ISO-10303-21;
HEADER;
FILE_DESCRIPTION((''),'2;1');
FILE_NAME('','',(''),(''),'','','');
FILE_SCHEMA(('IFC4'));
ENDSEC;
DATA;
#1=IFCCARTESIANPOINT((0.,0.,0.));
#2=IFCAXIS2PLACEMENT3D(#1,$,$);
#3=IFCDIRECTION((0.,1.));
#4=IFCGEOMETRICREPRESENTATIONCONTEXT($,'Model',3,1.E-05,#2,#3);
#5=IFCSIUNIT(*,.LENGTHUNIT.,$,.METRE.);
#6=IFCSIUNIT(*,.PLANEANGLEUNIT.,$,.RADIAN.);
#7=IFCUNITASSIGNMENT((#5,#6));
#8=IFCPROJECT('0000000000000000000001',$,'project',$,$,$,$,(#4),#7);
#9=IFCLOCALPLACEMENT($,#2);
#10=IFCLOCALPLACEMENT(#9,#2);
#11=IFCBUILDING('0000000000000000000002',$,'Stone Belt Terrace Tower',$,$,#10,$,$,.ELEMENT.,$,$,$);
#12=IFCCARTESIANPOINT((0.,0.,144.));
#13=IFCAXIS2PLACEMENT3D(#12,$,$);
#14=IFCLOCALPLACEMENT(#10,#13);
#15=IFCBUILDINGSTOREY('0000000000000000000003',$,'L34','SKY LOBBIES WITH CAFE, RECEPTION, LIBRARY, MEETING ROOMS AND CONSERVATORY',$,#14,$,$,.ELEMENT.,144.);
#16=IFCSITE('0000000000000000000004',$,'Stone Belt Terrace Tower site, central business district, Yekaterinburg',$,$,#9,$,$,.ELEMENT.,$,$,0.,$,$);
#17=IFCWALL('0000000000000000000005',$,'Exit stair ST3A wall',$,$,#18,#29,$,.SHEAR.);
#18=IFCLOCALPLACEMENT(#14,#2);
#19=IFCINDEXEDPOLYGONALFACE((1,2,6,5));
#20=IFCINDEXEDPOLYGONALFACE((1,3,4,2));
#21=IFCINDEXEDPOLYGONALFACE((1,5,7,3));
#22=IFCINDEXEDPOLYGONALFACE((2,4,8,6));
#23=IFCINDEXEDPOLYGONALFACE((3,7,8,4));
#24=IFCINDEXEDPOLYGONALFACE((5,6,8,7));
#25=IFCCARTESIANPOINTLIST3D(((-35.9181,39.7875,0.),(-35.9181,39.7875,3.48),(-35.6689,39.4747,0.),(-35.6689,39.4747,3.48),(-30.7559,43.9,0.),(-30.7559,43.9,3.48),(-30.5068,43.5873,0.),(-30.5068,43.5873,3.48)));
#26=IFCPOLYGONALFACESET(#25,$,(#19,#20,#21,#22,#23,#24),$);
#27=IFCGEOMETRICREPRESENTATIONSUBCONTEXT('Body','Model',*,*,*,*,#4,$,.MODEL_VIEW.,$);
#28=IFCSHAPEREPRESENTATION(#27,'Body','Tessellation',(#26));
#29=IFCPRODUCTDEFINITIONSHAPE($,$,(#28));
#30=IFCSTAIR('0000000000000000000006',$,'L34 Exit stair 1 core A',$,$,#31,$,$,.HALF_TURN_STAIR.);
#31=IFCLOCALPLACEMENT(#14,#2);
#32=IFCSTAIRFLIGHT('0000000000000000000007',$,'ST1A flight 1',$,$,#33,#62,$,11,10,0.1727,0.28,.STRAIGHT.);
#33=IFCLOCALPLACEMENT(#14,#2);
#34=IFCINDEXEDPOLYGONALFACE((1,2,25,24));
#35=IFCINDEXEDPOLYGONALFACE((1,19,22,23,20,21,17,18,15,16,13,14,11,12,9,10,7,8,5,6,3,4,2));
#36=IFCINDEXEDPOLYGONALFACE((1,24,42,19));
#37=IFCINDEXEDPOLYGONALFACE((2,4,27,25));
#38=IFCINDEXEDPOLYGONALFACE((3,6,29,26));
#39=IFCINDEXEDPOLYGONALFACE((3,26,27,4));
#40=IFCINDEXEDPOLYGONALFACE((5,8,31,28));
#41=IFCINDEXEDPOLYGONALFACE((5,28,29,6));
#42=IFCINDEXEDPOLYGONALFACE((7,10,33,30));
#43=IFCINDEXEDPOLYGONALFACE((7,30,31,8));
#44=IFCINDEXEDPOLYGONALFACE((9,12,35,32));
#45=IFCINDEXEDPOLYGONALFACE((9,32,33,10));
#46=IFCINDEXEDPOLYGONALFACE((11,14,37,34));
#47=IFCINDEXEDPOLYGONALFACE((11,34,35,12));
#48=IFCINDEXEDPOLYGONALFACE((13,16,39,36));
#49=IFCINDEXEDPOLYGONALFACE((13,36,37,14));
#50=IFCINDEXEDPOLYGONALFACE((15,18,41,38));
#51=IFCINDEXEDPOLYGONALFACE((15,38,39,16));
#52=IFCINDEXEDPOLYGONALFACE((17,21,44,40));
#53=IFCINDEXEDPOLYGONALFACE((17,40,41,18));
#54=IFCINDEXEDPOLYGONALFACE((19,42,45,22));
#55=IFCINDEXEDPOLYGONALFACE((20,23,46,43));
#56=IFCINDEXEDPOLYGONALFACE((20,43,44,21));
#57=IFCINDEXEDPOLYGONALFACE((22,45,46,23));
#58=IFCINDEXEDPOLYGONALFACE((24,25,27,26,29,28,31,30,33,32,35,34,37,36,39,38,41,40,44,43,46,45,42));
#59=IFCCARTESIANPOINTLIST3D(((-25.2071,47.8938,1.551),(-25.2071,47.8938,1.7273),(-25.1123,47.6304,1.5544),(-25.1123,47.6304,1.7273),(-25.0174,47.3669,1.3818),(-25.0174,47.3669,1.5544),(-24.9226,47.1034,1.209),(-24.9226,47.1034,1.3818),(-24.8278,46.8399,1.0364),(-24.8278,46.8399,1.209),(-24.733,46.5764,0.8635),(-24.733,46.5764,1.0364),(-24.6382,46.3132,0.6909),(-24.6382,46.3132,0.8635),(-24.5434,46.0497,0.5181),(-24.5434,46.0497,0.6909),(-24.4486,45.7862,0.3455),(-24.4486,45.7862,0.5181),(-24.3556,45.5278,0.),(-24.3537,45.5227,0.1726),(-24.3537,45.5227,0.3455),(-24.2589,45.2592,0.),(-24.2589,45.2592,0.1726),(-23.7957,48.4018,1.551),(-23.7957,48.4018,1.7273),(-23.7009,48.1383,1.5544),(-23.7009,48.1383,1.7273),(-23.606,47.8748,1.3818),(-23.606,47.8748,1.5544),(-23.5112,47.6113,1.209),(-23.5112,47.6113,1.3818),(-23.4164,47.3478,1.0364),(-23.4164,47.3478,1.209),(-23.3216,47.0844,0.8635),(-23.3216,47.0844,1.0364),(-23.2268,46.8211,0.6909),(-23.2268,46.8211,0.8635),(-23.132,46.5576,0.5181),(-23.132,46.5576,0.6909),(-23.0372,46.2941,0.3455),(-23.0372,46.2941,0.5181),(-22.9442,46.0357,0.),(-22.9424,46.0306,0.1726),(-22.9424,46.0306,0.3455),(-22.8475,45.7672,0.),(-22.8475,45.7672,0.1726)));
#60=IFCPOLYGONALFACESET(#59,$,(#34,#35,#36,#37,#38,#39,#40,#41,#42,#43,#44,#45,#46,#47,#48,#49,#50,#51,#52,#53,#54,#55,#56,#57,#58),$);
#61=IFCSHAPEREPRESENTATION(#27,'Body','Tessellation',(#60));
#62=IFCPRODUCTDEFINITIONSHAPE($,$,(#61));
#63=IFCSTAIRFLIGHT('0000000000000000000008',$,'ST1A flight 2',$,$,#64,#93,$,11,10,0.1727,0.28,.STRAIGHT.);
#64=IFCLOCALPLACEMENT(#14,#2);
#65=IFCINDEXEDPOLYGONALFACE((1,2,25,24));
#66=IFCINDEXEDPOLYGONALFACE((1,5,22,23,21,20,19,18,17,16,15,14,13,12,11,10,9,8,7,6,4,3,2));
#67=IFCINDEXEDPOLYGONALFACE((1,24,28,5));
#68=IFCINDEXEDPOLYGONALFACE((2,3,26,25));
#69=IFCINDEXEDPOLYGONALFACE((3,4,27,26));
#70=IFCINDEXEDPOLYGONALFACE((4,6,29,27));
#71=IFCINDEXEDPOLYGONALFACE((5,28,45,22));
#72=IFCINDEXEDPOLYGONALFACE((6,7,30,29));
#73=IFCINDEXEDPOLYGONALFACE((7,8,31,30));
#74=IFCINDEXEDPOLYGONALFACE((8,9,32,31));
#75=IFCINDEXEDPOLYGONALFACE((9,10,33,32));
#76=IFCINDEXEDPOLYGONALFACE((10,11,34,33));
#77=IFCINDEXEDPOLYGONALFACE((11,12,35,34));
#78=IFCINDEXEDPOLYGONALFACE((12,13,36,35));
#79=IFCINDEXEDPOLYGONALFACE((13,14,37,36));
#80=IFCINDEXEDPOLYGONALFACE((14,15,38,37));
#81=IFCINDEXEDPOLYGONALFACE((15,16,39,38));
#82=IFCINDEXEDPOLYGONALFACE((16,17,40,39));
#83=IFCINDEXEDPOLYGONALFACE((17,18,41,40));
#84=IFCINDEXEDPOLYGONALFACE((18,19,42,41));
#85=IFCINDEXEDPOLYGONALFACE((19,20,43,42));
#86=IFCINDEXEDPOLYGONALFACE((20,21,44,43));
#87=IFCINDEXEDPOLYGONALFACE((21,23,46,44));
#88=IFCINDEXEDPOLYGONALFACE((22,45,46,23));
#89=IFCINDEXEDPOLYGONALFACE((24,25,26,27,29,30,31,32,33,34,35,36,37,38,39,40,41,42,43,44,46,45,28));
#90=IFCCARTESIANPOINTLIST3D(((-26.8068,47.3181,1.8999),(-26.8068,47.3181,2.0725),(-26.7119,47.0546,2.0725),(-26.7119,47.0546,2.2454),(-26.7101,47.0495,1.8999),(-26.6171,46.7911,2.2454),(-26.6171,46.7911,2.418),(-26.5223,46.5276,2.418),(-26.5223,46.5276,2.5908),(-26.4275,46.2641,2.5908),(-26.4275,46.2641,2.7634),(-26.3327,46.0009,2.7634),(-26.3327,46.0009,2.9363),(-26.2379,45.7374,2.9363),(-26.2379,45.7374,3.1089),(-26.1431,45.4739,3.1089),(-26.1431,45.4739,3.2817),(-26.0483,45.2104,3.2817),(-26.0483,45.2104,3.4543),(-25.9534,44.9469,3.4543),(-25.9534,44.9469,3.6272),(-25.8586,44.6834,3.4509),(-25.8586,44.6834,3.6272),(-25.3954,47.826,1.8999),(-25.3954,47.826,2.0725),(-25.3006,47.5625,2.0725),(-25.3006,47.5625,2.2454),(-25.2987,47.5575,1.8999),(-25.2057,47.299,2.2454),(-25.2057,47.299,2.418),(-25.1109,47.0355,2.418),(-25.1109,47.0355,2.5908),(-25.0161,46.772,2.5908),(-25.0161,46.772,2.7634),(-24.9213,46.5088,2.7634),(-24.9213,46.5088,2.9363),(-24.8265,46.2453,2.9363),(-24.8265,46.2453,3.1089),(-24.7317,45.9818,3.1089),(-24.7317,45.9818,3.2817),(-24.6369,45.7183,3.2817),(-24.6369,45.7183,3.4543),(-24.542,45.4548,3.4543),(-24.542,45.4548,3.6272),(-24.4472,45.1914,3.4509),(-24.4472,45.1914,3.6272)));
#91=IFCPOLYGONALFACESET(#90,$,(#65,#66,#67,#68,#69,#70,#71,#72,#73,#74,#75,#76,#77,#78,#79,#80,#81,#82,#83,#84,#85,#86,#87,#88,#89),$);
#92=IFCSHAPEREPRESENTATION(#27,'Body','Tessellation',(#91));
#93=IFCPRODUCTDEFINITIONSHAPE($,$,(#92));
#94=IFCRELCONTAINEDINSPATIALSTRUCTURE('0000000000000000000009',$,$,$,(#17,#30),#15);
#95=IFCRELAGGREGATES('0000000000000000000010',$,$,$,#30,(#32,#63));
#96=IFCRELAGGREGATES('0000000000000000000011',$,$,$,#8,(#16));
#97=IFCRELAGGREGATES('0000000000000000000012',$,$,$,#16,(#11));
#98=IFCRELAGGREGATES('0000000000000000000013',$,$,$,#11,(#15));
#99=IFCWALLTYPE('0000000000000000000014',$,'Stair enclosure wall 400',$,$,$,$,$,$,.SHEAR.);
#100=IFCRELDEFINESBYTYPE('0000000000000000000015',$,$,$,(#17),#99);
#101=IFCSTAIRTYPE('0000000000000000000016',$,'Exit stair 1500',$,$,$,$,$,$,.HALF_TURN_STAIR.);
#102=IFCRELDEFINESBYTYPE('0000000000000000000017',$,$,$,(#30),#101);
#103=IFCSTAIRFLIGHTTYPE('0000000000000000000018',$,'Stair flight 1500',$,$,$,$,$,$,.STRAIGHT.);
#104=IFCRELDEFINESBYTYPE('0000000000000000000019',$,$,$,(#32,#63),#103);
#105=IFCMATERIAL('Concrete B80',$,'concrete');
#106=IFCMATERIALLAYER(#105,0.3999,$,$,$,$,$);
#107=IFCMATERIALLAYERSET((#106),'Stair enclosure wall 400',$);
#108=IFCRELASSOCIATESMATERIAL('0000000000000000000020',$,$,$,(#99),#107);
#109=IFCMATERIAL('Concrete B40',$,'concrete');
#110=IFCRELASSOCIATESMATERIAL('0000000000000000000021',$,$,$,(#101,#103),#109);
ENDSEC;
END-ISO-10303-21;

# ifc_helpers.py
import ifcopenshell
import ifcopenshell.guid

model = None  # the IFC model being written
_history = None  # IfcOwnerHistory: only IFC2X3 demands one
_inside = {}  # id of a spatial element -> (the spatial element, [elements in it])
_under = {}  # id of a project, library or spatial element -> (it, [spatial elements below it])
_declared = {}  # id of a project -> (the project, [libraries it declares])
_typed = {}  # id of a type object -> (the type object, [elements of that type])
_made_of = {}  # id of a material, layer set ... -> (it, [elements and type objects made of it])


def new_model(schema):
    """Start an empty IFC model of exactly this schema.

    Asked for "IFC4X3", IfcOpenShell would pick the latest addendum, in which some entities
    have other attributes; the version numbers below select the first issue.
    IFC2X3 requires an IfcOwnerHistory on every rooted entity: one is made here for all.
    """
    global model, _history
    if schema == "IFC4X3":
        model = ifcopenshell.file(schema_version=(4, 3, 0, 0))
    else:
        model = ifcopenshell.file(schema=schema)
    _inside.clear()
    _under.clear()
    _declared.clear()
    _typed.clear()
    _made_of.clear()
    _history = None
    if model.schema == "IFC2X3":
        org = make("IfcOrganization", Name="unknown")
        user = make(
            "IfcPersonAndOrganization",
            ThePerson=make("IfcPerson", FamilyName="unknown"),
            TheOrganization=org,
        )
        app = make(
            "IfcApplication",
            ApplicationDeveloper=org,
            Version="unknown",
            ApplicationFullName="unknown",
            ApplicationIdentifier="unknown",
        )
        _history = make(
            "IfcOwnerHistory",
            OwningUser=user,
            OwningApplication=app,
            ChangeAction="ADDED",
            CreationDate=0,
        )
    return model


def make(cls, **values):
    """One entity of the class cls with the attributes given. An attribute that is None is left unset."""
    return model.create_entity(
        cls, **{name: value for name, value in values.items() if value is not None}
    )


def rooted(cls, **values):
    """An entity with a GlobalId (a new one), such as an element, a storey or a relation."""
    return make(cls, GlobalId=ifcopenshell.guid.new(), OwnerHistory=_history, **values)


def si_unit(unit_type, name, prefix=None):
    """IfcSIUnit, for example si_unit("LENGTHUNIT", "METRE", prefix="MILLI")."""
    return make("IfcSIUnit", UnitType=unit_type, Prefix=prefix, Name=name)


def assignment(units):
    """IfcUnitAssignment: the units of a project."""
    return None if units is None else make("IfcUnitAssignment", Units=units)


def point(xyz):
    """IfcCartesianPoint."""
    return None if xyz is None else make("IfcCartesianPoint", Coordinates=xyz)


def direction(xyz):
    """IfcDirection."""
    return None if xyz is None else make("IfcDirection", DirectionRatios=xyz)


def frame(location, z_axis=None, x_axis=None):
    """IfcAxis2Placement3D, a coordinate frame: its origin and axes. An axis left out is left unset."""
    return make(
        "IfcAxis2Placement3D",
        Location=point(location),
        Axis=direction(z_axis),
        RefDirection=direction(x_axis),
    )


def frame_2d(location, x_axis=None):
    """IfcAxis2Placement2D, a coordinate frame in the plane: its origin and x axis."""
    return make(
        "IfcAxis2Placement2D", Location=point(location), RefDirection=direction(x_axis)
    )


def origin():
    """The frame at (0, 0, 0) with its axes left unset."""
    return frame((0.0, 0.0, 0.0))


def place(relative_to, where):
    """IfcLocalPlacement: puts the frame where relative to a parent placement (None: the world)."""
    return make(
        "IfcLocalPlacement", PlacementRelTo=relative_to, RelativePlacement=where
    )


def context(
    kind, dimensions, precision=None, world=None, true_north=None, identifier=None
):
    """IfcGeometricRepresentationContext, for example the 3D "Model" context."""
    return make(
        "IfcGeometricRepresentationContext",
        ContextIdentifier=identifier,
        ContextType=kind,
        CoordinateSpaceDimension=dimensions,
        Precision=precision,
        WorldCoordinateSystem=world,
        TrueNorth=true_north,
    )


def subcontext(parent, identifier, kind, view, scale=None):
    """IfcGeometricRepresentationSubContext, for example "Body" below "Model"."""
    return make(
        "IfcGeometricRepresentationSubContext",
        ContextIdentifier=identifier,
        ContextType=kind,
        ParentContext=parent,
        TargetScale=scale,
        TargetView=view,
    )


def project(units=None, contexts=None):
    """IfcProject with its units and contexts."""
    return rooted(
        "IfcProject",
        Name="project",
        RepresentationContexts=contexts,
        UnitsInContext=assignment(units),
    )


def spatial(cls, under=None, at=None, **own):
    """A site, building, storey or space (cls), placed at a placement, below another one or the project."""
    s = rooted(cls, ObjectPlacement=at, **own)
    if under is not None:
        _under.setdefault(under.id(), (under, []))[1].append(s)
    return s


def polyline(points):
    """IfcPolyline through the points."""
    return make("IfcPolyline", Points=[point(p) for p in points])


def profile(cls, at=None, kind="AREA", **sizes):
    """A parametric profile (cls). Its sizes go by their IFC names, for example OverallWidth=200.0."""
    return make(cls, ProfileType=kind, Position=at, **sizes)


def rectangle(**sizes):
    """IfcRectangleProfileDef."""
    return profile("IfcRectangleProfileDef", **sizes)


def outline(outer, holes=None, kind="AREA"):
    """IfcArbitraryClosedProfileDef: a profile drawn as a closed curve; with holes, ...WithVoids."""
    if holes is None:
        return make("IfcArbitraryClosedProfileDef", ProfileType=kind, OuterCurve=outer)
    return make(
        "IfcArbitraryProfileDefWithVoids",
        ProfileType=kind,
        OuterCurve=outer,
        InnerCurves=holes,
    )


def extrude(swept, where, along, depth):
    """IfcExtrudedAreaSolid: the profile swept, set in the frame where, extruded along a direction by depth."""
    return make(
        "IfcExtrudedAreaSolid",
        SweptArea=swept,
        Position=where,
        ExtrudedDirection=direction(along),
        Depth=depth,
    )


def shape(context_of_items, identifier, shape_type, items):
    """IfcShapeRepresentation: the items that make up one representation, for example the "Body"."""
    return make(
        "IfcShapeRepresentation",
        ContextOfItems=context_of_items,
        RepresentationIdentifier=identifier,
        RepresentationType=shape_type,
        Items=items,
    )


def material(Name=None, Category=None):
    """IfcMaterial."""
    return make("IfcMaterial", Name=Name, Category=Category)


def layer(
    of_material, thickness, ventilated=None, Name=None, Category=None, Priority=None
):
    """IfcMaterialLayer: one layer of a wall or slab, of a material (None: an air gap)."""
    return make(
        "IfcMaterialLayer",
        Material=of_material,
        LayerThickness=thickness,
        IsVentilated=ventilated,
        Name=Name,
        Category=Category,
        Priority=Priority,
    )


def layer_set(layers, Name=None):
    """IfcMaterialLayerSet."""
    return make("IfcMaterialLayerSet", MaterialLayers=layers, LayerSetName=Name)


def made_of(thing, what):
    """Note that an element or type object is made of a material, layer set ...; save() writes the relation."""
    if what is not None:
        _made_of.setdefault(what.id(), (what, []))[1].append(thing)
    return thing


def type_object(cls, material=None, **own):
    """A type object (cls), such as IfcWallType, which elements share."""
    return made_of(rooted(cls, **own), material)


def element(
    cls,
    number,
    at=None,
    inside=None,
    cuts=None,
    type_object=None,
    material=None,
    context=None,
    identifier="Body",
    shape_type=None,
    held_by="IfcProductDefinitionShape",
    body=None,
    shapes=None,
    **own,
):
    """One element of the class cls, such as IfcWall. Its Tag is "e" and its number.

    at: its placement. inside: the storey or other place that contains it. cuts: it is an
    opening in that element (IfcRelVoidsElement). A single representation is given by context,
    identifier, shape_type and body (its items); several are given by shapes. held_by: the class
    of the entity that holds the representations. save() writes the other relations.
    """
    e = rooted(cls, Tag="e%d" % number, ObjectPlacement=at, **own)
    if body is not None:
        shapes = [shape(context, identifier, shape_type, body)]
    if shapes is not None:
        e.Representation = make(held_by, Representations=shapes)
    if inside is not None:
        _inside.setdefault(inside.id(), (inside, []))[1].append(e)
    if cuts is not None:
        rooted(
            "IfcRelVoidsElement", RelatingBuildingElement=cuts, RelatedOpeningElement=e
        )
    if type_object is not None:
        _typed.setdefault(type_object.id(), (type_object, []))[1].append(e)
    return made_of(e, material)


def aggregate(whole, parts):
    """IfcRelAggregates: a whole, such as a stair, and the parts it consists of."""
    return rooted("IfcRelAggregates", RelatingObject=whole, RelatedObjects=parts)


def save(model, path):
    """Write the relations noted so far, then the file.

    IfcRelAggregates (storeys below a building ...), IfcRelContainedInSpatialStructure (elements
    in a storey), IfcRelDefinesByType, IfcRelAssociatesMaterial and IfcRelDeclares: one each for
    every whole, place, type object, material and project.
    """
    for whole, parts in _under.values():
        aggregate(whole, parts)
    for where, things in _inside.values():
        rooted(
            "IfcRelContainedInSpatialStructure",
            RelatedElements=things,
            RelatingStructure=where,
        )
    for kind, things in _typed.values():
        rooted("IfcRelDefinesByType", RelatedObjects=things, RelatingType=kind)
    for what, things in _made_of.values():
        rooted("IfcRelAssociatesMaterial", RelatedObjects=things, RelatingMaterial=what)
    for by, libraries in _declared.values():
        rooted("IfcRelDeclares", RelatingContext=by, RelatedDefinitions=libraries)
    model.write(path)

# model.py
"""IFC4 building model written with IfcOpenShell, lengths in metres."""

from ifc_helpers import new_model, si_unit, direction, frame, frame_2d, origin, place, context, subcontext, project, spatial, polyline, rectangle, outline, extrude, material, layer, layer_set, type_object, element, aggregate, save


model = new_model("IFC4")

# Units and contexts
model_context = context("Model", 3, precision=1e-05, world=origin(), true_north=direction((0.0, 1.0)))
body_context = subcontext(model_context, "Body", "Model", "MODEL_VIEW")
ifc_project = project(units=[si_unit("LENGTHUNIT", "METRE"), si_unit("PLANEANGLEUNIT", "RADIAN")], contexts=[model_context])

# Site, building, storey
site_placement = place(None, origin())
site = spatial("IfcSite", under=ifc_project, at=site_placement, Name="Stone Belt Terrace Tower site, central business district, Yekaterinburg", CompositionType="ELEMENT", RefElevation=0.0)
building_placement = place(site_placement, origin())
building = spatial("IfcBuilding", under=site, at=building_placement, Name="Stone Belt Terrace Tower", CompositionType="ELEMENT")
storey_placement = place(building_placement, frame((0.0, 0.0, 144.0)))
storey = spatial("IfcBuildingStorey", under=building, at=storey_placement, Name="L34", Description="SKY LOBBIES WITH CAFE, RECEPTION, LIBRARY, MEETING ROOMS AND CONSERVATORY", CompositionType="ELEMENT", Elevation=144.0)

# Shared definitions
ifc_material_1 = material(Name="Concrete B80", Category="concrete")

# Shared definitions
ifc_layer_1 = layer(ifc_material_1, 0.3999)
ifc_layer_set_1 = layer_set([ifc_layer_1], Name="Stair enclosure wall 400")
wall_type_1 = type_object("IfcWallType", Name="Stair enclosure wall 400", PredefinedType="SHEAR", material=ifc_layer_set_1)

# Wall
wall_1_placement = place(storey_placement, frame((-30.6313, 43.7437, 0.0), z_axis=(0.0, 0.0, 1.0), x_axis=(-0.782134, -0.62311, 0.0)))
element("IfcWall", 1, at=wall_1_placement, inside=storey, type_object=wall_type_1, Name="Exit stair ST3A wall", PredefinedType="SHEAR", context=body_context, shape_type="SweptSolid", body=[
    extrude(rectangle(XDim=6.6001, YDim=0.3999, at=frame_2d((3.3, 0.0))), origin(), (0.0, 0.0, 1.0), 3.48),
])

# Stair, stair flights
ifc_material_2 = material(Name="Concrete B40", Category="concrete")
stair_type = type_object("IfcStairType", Name="Exit stair 1500", PredefinedType="HALF_TURN_STAIR", material=ifc_material_2)
stair_placement = place(storey_placement, origin())
stair = element("IfcStair", 2, at=stair_placement, inside=storey, type_object=stair_type, Name="L34 Exit stair 1 core A", PredefinedType="HALF_TURN_STAIR")
stair_flight_type = type_object("IfcStairFlightType", Name="Stair flight 1500", PredefinedType="STRAIGHT", material=ifc_material_2)
stair_flight_1_placement = place(storey_placement, frame((-23.5532, 45.5132, 0.0), z_axis=(0.0, 0.0, 1.0), x_axis=(-0.338624, 0.940922, 0.0)))
stair_flight_1 = element("IfcStairFlight", 3, at=stair_flight_1_placement, type_object=stair_flight_type, Name="ST1A flight 1", NumberOfRisers=11, NumberOfTreads=10, PredefinedType="STRAIGHT", RiserHeight=0.1727, TreadLength=0.28, context=body_context, shape_type="SweptSolid", body=[
    extrude(outline(polyline([(0.0, 0.0), (0.0, 0.1726), (0.28, 0.1726), (0.28, 0.3455), (0.5601, 0.3455), (0.5601, 0.5181), (0.8401, 0.5181), (0.8401, 0.6909), (1.1201, 0.6909), (1.1201, 0.8635), (1.3999, 0.8635), (1.3999, 1.0364), (1.6799, 1.0364), (1.6799, 1.209), (1.96, 1.209), (1.96, 1.3818), (2.24, 1.3818), (2.24, 1.5544), (2.52, 1.5544), (2.52, 1.7273), (2.8, 1.7273), (2.8, 1.8999), (2.8, 1.551), (0.2854, 0.0), (0.0, 0.0)])), frame((0.0, 0.75, 0.0), z_axis=(0.0, -1.0, 0.0), x_axis=(1.0, 0.0, 0.0)), (0.0, 0.0, 1.0), 1.5),
])
stair_flight_2_placement = place(storey_placement, frame((-26.1011, 47.572, 1.8999), z_axis=(0.0, 0.0, 1.0), x_axis=(0.338624, -0.940922, 0.0)))
stair_flight_2 = element("IfcStairFlight", 4, at=stair_flight_2_placement, type_object=stair_flight_type, Name="ST1A flight 2", NumberOfRisers=11, NumberOfTreads=10, PredefinedType="STRAIGHT", RiserHeight=0.1727, TreadLength=0.28, context=body_context, shape_type="SweptSolid", body=[
    extrude(outline(polyline([(0.0, 0.0), (0.0, 0.1726), (0.28, 0.1726), (0.28, 0.3455), (0.5601, 0.3455), (0.5601, 0.5181), (0.8401, 0.5181), (0.8401, 0.6909), (1.1201, 0.6909), (1.1201, 0.8635), (1.3999, 0.8635), (1.3999, 1.0364), (1.6799, 1.0364), (1.6799, 1.209), (1.96, 1.209), (1.96, 1.3818), (2.24, 1.3818), (2.24, 1.5544), (2.52, 1.5544), (2.52, 1.7273), (2.8, 1.7273), (2.8, 1.8999), (2.8, 1.551), (0.2854, 0.0), (0.0, 0.0)])), frame((0.0, 0.75, 0.0), z_axis=(0.0, -1.0, 0.0), x_axis=(1.0, 0.0, 0.0)), (0.0, 0.0, 1.0), 1.5),
])
aggregate(stair, [stair_flight_1, stair_flight_2])

save(model, "model.ifc")
